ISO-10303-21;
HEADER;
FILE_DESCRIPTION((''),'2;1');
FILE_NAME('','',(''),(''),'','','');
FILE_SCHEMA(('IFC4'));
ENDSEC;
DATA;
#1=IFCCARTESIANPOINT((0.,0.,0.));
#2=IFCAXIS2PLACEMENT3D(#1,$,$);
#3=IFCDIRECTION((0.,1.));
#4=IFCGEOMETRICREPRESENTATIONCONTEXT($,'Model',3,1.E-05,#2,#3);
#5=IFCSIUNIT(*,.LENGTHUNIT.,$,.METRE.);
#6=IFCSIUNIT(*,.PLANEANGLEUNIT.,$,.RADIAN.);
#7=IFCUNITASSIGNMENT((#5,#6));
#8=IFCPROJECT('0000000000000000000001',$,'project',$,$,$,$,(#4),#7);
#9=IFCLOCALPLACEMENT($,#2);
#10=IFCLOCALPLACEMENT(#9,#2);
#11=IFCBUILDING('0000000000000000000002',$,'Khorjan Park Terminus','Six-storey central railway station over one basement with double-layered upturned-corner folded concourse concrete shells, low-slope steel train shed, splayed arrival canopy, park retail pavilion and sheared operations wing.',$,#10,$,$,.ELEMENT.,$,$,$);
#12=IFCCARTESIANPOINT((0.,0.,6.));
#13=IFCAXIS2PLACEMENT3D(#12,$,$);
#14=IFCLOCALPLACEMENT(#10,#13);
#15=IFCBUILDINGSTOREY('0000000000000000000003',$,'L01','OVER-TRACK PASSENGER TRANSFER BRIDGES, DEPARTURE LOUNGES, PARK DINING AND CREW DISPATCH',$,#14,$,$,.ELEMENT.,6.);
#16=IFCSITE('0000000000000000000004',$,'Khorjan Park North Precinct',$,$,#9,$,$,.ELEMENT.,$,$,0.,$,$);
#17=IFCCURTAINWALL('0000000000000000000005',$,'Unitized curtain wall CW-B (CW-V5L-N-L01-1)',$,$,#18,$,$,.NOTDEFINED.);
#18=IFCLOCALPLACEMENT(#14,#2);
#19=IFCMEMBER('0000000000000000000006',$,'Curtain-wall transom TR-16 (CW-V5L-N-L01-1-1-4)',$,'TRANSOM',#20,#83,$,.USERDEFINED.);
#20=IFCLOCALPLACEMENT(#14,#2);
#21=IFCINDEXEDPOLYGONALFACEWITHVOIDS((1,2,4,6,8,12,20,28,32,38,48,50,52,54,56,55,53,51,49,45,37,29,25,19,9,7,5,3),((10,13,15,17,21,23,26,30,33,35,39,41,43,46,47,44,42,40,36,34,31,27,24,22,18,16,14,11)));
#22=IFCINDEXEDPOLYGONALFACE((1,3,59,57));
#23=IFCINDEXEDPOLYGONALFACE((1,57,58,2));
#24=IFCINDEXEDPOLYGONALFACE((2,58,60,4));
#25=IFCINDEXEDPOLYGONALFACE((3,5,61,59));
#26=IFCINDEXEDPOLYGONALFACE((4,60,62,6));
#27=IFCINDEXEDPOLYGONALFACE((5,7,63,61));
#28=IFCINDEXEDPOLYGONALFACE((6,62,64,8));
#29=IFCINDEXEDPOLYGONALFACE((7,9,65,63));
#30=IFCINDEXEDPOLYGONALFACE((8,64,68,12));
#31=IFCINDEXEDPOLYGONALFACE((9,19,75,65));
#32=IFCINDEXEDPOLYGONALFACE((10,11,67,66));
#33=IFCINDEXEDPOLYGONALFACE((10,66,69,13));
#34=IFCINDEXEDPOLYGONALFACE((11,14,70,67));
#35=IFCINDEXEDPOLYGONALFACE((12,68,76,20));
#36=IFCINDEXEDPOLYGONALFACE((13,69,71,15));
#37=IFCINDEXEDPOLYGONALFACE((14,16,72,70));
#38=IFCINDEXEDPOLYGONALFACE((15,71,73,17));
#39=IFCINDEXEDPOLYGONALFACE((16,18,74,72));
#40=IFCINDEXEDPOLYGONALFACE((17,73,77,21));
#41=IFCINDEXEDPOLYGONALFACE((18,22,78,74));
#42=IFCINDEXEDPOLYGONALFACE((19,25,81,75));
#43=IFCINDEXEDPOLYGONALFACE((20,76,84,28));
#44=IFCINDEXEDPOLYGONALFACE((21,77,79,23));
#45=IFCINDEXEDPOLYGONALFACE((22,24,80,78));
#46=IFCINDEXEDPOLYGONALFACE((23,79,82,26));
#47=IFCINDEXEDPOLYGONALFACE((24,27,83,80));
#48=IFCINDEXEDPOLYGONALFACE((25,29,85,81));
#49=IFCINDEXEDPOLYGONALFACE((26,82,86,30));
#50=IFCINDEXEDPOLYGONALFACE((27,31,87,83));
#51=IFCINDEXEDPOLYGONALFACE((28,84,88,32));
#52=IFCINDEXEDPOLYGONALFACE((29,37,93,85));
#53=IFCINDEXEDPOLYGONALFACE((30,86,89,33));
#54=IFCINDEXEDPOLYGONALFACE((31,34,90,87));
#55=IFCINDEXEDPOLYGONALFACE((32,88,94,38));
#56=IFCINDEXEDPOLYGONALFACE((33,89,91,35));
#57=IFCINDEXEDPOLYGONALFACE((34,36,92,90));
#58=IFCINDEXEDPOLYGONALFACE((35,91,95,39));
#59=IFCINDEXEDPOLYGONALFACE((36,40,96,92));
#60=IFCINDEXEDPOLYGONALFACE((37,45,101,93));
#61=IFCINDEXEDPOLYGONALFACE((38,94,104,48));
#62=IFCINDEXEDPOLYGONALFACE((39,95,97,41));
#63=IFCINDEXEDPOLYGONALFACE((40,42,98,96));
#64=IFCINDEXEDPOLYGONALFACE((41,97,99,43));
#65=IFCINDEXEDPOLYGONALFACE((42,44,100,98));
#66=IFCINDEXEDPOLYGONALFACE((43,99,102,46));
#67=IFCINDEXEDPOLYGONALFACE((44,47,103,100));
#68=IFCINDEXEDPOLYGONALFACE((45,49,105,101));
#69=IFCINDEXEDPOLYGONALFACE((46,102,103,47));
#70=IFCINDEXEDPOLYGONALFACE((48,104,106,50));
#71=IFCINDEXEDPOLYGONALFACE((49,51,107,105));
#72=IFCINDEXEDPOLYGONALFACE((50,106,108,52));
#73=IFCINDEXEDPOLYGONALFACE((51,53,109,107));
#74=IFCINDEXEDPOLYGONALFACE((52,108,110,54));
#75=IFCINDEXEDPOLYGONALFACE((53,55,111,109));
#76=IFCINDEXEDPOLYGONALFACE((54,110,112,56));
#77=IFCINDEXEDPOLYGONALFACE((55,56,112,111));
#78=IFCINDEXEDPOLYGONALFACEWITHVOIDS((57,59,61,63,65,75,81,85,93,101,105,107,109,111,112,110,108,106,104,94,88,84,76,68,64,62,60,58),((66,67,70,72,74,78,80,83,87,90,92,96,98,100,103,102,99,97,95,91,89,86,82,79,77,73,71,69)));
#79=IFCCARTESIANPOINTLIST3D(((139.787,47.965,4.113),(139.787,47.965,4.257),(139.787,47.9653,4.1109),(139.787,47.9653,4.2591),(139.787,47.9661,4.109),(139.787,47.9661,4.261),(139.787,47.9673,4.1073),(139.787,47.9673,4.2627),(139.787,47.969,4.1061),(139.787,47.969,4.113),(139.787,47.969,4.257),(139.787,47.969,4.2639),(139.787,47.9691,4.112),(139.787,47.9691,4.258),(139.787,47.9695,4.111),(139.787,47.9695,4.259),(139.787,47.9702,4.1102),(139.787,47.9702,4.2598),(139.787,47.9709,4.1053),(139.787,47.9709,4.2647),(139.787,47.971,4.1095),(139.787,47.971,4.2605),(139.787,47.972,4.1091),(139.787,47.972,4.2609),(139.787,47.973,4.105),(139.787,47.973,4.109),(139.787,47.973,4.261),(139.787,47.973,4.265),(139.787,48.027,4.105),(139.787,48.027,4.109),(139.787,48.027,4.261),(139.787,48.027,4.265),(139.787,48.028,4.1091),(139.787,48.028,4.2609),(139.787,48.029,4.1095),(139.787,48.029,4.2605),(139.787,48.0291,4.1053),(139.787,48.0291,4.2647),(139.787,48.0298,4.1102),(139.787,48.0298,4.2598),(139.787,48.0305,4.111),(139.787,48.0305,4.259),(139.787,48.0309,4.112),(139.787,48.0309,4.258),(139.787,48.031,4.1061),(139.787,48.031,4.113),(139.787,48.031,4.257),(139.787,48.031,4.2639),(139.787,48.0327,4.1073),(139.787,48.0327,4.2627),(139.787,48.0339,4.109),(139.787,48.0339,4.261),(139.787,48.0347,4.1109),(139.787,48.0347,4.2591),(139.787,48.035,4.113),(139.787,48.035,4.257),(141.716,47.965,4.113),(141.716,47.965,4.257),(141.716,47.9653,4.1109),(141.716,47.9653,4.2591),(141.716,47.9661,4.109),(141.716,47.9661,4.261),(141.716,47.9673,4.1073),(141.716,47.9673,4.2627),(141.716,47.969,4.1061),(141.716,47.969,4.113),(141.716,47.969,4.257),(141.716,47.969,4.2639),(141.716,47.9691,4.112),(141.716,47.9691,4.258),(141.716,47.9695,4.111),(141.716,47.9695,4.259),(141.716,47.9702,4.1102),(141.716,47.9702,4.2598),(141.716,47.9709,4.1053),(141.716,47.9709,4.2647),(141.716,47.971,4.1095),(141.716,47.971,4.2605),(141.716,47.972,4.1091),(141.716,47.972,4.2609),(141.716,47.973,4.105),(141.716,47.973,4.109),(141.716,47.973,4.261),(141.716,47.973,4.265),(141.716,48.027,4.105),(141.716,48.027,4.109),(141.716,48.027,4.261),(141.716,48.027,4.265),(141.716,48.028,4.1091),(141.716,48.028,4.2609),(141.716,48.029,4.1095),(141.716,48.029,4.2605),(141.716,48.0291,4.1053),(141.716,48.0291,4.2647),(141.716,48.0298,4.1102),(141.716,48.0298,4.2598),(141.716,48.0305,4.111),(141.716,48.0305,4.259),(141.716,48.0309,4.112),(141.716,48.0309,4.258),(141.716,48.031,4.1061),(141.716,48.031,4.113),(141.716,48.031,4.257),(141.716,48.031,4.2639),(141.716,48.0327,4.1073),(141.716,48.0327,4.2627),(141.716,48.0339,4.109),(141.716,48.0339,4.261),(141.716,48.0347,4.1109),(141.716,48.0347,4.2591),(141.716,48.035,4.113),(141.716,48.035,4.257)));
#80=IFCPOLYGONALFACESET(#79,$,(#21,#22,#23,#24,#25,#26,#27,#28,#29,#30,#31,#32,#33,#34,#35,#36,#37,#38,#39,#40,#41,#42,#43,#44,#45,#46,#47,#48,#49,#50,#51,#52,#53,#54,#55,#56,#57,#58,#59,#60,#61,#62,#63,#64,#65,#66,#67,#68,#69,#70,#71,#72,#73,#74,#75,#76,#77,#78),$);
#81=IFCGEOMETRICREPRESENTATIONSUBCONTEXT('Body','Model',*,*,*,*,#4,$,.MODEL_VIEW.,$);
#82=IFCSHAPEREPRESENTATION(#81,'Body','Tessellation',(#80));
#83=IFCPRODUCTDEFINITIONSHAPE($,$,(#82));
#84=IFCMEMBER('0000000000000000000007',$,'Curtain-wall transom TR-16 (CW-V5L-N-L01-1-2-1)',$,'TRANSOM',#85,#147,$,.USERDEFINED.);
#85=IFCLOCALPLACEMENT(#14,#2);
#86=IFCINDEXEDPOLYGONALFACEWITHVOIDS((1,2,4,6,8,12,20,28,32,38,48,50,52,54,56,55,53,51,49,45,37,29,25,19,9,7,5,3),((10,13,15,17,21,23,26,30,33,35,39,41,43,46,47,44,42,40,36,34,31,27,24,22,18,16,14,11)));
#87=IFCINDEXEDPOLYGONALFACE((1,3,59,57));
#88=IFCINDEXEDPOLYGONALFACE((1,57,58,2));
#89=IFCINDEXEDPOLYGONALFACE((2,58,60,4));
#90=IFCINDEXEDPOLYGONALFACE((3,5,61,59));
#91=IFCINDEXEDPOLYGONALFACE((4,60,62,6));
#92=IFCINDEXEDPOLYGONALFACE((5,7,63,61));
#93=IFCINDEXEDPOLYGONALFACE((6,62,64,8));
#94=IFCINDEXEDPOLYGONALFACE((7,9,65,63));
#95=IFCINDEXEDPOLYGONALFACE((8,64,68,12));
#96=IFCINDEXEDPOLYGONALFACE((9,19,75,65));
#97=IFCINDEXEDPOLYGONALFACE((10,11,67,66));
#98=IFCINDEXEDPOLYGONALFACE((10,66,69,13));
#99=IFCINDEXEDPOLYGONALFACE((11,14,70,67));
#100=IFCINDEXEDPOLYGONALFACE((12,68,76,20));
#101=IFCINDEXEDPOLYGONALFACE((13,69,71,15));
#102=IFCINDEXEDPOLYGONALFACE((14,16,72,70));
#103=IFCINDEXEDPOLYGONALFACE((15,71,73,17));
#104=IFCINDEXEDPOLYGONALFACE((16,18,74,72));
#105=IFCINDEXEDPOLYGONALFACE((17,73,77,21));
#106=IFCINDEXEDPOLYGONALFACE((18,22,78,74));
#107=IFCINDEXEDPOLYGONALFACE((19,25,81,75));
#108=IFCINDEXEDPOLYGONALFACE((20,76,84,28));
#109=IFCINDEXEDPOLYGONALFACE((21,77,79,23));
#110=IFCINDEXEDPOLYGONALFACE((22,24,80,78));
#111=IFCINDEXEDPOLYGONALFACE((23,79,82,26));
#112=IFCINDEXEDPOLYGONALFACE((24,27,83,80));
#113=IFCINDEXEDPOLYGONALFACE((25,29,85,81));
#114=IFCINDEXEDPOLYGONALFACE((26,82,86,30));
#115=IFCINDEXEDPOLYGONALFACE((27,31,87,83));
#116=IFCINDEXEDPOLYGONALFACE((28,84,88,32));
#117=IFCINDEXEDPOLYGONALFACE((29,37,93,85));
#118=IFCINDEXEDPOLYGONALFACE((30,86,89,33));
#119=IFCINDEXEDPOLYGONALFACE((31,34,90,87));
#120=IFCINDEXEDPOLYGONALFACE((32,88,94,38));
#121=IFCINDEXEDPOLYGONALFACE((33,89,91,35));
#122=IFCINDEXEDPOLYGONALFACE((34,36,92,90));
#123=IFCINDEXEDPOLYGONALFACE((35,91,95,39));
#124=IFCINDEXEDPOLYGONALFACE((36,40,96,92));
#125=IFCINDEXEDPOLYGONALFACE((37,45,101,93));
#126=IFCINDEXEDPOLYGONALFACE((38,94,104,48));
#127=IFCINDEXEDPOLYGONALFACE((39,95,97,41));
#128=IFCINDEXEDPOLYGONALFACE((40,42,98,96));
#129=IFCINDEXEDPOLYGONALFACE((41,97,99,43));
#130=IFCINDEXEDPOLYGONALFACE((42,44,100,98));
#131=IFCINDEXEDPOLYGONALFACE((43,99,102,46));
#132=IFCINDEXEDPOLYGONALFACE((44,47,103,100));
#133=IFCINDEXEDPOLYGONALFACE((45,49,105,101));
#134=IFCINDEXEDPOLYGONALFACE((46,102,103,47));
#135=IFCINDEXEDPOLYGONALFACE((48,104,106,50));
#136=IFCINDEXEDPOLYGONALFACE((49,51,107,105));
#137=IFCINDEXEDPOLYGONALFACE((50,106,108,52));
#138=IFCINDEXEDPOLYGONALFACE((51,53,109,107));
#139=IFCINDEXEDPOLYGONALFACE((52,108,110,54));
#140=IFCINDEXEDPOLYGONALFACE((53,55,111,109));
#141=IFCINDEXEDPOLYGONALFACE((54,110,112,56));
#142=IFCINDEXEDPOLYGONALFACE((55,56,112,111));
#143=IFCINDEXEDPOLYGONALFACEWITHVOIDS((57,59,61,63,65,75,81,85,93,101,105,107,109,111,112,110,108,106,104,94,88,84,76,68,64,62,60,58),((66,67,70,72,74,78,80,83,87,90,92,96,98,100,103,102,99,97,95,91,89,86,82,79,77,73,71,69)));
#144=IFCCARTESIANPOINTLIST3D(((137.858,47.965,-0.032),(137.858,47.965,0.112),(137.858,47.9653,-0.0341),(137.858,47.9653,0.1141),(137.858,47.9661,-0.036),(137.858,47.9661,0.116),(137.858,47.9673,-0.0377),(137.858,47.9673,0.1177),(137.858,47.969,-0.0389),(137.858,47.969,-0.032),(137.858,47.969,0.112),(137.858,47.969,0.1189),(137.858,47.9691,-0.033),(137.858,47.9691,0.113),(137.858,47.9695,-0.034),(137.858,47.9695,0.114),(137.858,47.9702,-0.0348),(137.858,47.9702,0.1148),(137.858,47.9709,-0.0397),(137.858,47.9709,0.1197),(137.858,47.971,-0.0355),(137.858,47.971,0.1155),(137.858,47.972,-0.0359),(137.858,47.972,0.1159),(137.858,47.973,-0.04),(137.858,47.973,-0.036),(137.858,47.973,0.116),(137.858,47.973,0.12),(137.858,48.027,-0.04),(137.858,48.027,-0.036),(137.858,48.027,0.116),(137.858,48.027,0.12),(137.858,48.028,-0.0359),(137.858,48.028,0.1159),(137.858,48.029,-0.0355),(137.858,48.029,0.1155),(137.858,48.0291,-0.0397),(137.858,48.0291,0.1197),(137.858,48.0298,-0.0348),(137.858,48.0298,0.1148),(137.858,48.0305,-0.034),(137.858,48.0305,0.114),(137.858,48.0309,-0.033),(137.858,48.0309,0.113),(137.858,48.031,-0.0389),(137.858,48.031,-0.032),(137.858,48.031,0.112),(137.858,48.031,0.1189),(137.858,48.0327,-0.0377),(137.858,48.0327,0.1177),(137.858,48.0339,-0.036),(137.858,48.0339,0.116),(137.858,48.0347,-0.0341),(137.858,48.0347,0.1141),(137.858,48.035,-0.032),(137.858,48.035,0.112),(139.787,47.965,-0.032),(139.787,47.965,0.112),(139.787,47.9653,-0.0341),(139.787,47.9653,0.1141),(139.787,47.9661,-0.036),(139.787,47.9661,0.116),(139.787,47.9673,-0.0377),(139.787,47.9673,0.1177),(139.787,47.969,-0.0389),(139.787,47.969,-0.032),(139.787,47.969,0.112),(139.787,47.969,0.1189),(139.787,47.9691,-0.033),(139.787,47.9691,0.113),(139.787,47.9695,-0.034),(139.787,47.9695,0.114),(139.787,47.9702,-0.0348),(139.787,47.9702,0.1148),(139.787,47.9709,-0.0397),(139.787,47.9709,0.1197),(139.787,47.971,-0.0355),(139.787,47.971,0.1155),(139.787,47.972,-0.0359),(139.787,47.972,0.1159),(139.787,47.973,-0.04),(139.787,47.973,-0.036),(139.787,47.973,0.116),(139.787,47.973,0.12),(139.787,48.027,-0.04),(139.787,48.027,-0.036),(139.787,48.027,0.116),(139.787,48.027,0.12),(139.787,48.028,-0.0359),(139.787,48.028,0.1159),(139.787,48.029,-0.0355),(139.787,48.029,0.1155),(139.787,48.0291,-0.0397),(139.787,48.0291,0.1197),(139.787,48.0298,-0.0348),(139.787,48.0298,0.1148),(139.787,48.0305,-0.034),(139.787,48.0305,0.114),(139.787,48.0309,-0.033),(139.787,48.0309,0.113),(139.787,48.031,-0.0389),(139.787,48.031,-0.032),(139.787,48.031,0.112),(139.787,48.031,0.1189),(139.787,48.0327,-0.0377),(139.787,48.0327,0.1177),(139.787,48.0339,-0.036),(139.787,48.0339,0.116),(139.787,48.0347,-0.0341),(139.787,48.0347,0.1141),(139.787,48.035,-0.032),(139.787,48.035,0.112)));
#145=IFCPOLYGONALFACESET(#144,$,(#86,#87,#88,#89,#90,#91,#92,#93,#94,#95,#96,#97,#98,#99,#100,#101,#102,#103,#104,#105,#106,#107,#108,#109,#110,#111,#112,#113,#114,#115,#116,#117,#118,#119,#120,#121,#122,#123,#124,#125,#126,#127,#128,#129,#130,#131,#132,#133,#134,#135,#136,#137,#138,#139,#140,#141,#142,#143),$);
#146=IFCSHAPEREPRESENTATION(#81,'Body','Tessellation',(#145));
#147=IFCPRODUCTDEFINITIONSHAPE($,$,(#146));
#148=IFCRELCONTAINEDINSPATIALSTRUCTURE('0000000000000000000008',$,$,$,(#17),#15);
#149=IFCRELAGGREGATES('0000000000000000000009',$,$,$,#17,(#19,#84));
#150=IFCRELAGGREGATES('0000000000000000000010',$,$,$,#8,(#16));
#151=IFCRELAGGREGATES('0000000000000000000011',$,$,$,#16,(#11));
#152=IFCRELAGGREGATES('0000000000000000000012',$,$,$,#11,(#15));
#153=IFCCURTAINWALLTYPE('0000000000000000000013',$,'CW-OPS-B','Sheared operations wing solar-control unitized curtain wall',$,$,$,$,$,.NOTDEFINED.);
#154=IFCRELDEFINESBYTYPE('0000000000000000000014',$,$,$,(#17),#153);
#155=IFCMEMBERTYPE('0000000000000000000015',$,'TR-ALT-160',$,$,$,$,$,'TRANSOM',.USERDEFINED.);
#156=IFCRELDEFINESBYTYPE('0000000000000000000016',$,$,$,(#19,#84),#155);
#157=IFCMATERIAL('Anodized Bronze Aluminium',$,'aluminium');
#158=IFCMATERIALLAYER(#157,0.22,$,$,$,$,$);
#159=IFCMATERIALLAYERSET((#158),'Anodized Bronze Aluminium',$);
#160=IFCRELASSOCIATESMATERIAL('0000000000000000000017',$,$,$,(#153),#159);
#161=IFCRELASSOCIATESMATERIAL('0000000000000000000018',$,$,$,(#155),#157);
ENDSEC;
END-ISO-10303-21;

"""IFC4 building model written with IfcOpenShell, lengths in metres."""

from ifc_helpers import new_model, si_unit, direction, frame, origin, origin_2d, place, context, subcontext, project, spatial, hollow_rectangle, extrude, material, layer, layer_set, material_profile, profile_set, type_object, element, aggregate, save


model = new_model("IFC4")

# Units and contexts
model_context = context("Model", 3, precision=1e-05, world=origin(), true_north=direction((0.0, 1.0)))
body_context = subcontext(model_context, "Body", "Model", "MODEL_VIEW")
ifc_project = project(units=[si_unit("LENGTHUNIT", "METRE"), si_unit("PLANEANGLEUNIT", "RADIAN")], contexts=[model_context])

# Site, building, storey
site_placement = place(None, origin())
site = spatial("IfcSite", under=ifc_project, at=site_placement, Name="Khorjan Park North Precinct", CompositionType="ELEMENT", RefElevation=0.0)
building_placement = place(site_placement, origin())
building = spatial("IfcBuilding", under=site, at=building_placement, Name="Khorjan Park Terminus", Description="Six-storey central railway station over one basement with double-layered upturned-corner folded concourse concrete shells, low-slope steel train shed, splayed arrival canopy, park retail pavilion and sheared operations wing.", CompositionType="ELEMENT")
storey_placement = place(building_placement, frame((0.0, 0.0, 6.0)))
storey = spatial("IfcBuildingStorey", under=building, at=storey_placement, Name="L01", Description="OVER-TRACK PASSENGER TRANSFER BRIDGES, DEPARTURE LOUNGES, PARK DINING AND CREW DISPATCH", CompositionType="ELEMENT", Elevation=6.0)

# Curtain wall
ifc_material_1 = material(Name="Anodized Bronze Aluminium", Category="aluminium")
ifc_layer_1 = layer(ifc_material_1, 0.22)
ifc_layer_set_1 = layer_set([ifc_layer_1], Name="Anodized Bronze Aluminium")
curtain_wall_type = type_object("IfcCurtainWallType", Name="CW-OPS-B", Description="Sheared operations wing solar-control unitized curtain wall", PredefinedType="NOTDEFINED", material=ifc_layer_set_1)
curtain_wall_1_placement = place(storey_placement, origin())
curtain_wall_1 = element("IfcCurtainWall", 1, at=curtain_wall_1_placement, inside=storey, type_object=curtain_wall_type, Name="Unitized curtain wall CW-B (CW-V5L-N-L01-1)", PredefinedType="NOTDEFINED")

# Members
ifc_material_profile_1 = material_profile(ifc_material_1, hollow_rectangle(XDim=0.07, YDim=0.16, WallThickness=0.004, InnerFilletRadius=0.004, OuterFilletRadius=0.008, at=origin_2d()), Name="ALT 70x160x4")
ifc_profile_set_1 = profile_set([ifc_material_profile_1], Name="Anodized Bronze Aluminium")
member_type_1 = type_object("IfcMemberType", Name="TR-ALT-160", ElementType="TRANSOM", PredefinedType="USERDEFINED", material=ifc_profile_set_1)
member_1_placement = place(storey_placement, frame((141.716, 48.0, 4.185), z_axis=(-1.0, 0.0, 0.0), x_axis=(0.0, -1.0, 0.0)))
member_1 = element("IfcMember", 2, at=member_1_placement, type_object=member_type_1, Name="Curtain-wall transom TR-16 (CW-V5L-N-L01-1-1-4)", ObjectType="TRANSOM", PredefinedType="USERDEFINED", context=body_context, shape_type="SweptSolid", body=[
    extrude(hollow_rectangle(XDim=0.07, YDim=0.16, WallThickness=0.004, InnerFilletRadius=0.004, OuterFilletRadius=0.008, at=origin_2d()), origin(), (0.0, 0.0, 1.0), 1.929),
])
member_2_placement = place(storey_placement, frame((139.787, 48.0, 0.04), z_axis=(-1.0, 0.0, 0.0), x_axis=(0.0, -1.0, 0.0)))
member_2 = element("IfcMember", 3, at=member_2_placement, type_object=member_type_1, Name="Curtain-wall transom TR-16 (CW-V5L-N-L01-1-2-1)", ObjectType="TRANSOM", PredefinedType="USERDEFINED", context=body_context, shape_type="SweptSolid", body=[
    extrude(hollow_rectangle(XDim=0.07, YDim=0.16, WallThickness=0.004, InnerFilletRadius=0.004, OuterFilletRadius=0.008, at=origin_2d()), origin(), (0.0, 0.0, 1.0), 1.929),
])

aggregate(curtain_wall_1, [member_1, member_2])

save(model, "model.ifc")
